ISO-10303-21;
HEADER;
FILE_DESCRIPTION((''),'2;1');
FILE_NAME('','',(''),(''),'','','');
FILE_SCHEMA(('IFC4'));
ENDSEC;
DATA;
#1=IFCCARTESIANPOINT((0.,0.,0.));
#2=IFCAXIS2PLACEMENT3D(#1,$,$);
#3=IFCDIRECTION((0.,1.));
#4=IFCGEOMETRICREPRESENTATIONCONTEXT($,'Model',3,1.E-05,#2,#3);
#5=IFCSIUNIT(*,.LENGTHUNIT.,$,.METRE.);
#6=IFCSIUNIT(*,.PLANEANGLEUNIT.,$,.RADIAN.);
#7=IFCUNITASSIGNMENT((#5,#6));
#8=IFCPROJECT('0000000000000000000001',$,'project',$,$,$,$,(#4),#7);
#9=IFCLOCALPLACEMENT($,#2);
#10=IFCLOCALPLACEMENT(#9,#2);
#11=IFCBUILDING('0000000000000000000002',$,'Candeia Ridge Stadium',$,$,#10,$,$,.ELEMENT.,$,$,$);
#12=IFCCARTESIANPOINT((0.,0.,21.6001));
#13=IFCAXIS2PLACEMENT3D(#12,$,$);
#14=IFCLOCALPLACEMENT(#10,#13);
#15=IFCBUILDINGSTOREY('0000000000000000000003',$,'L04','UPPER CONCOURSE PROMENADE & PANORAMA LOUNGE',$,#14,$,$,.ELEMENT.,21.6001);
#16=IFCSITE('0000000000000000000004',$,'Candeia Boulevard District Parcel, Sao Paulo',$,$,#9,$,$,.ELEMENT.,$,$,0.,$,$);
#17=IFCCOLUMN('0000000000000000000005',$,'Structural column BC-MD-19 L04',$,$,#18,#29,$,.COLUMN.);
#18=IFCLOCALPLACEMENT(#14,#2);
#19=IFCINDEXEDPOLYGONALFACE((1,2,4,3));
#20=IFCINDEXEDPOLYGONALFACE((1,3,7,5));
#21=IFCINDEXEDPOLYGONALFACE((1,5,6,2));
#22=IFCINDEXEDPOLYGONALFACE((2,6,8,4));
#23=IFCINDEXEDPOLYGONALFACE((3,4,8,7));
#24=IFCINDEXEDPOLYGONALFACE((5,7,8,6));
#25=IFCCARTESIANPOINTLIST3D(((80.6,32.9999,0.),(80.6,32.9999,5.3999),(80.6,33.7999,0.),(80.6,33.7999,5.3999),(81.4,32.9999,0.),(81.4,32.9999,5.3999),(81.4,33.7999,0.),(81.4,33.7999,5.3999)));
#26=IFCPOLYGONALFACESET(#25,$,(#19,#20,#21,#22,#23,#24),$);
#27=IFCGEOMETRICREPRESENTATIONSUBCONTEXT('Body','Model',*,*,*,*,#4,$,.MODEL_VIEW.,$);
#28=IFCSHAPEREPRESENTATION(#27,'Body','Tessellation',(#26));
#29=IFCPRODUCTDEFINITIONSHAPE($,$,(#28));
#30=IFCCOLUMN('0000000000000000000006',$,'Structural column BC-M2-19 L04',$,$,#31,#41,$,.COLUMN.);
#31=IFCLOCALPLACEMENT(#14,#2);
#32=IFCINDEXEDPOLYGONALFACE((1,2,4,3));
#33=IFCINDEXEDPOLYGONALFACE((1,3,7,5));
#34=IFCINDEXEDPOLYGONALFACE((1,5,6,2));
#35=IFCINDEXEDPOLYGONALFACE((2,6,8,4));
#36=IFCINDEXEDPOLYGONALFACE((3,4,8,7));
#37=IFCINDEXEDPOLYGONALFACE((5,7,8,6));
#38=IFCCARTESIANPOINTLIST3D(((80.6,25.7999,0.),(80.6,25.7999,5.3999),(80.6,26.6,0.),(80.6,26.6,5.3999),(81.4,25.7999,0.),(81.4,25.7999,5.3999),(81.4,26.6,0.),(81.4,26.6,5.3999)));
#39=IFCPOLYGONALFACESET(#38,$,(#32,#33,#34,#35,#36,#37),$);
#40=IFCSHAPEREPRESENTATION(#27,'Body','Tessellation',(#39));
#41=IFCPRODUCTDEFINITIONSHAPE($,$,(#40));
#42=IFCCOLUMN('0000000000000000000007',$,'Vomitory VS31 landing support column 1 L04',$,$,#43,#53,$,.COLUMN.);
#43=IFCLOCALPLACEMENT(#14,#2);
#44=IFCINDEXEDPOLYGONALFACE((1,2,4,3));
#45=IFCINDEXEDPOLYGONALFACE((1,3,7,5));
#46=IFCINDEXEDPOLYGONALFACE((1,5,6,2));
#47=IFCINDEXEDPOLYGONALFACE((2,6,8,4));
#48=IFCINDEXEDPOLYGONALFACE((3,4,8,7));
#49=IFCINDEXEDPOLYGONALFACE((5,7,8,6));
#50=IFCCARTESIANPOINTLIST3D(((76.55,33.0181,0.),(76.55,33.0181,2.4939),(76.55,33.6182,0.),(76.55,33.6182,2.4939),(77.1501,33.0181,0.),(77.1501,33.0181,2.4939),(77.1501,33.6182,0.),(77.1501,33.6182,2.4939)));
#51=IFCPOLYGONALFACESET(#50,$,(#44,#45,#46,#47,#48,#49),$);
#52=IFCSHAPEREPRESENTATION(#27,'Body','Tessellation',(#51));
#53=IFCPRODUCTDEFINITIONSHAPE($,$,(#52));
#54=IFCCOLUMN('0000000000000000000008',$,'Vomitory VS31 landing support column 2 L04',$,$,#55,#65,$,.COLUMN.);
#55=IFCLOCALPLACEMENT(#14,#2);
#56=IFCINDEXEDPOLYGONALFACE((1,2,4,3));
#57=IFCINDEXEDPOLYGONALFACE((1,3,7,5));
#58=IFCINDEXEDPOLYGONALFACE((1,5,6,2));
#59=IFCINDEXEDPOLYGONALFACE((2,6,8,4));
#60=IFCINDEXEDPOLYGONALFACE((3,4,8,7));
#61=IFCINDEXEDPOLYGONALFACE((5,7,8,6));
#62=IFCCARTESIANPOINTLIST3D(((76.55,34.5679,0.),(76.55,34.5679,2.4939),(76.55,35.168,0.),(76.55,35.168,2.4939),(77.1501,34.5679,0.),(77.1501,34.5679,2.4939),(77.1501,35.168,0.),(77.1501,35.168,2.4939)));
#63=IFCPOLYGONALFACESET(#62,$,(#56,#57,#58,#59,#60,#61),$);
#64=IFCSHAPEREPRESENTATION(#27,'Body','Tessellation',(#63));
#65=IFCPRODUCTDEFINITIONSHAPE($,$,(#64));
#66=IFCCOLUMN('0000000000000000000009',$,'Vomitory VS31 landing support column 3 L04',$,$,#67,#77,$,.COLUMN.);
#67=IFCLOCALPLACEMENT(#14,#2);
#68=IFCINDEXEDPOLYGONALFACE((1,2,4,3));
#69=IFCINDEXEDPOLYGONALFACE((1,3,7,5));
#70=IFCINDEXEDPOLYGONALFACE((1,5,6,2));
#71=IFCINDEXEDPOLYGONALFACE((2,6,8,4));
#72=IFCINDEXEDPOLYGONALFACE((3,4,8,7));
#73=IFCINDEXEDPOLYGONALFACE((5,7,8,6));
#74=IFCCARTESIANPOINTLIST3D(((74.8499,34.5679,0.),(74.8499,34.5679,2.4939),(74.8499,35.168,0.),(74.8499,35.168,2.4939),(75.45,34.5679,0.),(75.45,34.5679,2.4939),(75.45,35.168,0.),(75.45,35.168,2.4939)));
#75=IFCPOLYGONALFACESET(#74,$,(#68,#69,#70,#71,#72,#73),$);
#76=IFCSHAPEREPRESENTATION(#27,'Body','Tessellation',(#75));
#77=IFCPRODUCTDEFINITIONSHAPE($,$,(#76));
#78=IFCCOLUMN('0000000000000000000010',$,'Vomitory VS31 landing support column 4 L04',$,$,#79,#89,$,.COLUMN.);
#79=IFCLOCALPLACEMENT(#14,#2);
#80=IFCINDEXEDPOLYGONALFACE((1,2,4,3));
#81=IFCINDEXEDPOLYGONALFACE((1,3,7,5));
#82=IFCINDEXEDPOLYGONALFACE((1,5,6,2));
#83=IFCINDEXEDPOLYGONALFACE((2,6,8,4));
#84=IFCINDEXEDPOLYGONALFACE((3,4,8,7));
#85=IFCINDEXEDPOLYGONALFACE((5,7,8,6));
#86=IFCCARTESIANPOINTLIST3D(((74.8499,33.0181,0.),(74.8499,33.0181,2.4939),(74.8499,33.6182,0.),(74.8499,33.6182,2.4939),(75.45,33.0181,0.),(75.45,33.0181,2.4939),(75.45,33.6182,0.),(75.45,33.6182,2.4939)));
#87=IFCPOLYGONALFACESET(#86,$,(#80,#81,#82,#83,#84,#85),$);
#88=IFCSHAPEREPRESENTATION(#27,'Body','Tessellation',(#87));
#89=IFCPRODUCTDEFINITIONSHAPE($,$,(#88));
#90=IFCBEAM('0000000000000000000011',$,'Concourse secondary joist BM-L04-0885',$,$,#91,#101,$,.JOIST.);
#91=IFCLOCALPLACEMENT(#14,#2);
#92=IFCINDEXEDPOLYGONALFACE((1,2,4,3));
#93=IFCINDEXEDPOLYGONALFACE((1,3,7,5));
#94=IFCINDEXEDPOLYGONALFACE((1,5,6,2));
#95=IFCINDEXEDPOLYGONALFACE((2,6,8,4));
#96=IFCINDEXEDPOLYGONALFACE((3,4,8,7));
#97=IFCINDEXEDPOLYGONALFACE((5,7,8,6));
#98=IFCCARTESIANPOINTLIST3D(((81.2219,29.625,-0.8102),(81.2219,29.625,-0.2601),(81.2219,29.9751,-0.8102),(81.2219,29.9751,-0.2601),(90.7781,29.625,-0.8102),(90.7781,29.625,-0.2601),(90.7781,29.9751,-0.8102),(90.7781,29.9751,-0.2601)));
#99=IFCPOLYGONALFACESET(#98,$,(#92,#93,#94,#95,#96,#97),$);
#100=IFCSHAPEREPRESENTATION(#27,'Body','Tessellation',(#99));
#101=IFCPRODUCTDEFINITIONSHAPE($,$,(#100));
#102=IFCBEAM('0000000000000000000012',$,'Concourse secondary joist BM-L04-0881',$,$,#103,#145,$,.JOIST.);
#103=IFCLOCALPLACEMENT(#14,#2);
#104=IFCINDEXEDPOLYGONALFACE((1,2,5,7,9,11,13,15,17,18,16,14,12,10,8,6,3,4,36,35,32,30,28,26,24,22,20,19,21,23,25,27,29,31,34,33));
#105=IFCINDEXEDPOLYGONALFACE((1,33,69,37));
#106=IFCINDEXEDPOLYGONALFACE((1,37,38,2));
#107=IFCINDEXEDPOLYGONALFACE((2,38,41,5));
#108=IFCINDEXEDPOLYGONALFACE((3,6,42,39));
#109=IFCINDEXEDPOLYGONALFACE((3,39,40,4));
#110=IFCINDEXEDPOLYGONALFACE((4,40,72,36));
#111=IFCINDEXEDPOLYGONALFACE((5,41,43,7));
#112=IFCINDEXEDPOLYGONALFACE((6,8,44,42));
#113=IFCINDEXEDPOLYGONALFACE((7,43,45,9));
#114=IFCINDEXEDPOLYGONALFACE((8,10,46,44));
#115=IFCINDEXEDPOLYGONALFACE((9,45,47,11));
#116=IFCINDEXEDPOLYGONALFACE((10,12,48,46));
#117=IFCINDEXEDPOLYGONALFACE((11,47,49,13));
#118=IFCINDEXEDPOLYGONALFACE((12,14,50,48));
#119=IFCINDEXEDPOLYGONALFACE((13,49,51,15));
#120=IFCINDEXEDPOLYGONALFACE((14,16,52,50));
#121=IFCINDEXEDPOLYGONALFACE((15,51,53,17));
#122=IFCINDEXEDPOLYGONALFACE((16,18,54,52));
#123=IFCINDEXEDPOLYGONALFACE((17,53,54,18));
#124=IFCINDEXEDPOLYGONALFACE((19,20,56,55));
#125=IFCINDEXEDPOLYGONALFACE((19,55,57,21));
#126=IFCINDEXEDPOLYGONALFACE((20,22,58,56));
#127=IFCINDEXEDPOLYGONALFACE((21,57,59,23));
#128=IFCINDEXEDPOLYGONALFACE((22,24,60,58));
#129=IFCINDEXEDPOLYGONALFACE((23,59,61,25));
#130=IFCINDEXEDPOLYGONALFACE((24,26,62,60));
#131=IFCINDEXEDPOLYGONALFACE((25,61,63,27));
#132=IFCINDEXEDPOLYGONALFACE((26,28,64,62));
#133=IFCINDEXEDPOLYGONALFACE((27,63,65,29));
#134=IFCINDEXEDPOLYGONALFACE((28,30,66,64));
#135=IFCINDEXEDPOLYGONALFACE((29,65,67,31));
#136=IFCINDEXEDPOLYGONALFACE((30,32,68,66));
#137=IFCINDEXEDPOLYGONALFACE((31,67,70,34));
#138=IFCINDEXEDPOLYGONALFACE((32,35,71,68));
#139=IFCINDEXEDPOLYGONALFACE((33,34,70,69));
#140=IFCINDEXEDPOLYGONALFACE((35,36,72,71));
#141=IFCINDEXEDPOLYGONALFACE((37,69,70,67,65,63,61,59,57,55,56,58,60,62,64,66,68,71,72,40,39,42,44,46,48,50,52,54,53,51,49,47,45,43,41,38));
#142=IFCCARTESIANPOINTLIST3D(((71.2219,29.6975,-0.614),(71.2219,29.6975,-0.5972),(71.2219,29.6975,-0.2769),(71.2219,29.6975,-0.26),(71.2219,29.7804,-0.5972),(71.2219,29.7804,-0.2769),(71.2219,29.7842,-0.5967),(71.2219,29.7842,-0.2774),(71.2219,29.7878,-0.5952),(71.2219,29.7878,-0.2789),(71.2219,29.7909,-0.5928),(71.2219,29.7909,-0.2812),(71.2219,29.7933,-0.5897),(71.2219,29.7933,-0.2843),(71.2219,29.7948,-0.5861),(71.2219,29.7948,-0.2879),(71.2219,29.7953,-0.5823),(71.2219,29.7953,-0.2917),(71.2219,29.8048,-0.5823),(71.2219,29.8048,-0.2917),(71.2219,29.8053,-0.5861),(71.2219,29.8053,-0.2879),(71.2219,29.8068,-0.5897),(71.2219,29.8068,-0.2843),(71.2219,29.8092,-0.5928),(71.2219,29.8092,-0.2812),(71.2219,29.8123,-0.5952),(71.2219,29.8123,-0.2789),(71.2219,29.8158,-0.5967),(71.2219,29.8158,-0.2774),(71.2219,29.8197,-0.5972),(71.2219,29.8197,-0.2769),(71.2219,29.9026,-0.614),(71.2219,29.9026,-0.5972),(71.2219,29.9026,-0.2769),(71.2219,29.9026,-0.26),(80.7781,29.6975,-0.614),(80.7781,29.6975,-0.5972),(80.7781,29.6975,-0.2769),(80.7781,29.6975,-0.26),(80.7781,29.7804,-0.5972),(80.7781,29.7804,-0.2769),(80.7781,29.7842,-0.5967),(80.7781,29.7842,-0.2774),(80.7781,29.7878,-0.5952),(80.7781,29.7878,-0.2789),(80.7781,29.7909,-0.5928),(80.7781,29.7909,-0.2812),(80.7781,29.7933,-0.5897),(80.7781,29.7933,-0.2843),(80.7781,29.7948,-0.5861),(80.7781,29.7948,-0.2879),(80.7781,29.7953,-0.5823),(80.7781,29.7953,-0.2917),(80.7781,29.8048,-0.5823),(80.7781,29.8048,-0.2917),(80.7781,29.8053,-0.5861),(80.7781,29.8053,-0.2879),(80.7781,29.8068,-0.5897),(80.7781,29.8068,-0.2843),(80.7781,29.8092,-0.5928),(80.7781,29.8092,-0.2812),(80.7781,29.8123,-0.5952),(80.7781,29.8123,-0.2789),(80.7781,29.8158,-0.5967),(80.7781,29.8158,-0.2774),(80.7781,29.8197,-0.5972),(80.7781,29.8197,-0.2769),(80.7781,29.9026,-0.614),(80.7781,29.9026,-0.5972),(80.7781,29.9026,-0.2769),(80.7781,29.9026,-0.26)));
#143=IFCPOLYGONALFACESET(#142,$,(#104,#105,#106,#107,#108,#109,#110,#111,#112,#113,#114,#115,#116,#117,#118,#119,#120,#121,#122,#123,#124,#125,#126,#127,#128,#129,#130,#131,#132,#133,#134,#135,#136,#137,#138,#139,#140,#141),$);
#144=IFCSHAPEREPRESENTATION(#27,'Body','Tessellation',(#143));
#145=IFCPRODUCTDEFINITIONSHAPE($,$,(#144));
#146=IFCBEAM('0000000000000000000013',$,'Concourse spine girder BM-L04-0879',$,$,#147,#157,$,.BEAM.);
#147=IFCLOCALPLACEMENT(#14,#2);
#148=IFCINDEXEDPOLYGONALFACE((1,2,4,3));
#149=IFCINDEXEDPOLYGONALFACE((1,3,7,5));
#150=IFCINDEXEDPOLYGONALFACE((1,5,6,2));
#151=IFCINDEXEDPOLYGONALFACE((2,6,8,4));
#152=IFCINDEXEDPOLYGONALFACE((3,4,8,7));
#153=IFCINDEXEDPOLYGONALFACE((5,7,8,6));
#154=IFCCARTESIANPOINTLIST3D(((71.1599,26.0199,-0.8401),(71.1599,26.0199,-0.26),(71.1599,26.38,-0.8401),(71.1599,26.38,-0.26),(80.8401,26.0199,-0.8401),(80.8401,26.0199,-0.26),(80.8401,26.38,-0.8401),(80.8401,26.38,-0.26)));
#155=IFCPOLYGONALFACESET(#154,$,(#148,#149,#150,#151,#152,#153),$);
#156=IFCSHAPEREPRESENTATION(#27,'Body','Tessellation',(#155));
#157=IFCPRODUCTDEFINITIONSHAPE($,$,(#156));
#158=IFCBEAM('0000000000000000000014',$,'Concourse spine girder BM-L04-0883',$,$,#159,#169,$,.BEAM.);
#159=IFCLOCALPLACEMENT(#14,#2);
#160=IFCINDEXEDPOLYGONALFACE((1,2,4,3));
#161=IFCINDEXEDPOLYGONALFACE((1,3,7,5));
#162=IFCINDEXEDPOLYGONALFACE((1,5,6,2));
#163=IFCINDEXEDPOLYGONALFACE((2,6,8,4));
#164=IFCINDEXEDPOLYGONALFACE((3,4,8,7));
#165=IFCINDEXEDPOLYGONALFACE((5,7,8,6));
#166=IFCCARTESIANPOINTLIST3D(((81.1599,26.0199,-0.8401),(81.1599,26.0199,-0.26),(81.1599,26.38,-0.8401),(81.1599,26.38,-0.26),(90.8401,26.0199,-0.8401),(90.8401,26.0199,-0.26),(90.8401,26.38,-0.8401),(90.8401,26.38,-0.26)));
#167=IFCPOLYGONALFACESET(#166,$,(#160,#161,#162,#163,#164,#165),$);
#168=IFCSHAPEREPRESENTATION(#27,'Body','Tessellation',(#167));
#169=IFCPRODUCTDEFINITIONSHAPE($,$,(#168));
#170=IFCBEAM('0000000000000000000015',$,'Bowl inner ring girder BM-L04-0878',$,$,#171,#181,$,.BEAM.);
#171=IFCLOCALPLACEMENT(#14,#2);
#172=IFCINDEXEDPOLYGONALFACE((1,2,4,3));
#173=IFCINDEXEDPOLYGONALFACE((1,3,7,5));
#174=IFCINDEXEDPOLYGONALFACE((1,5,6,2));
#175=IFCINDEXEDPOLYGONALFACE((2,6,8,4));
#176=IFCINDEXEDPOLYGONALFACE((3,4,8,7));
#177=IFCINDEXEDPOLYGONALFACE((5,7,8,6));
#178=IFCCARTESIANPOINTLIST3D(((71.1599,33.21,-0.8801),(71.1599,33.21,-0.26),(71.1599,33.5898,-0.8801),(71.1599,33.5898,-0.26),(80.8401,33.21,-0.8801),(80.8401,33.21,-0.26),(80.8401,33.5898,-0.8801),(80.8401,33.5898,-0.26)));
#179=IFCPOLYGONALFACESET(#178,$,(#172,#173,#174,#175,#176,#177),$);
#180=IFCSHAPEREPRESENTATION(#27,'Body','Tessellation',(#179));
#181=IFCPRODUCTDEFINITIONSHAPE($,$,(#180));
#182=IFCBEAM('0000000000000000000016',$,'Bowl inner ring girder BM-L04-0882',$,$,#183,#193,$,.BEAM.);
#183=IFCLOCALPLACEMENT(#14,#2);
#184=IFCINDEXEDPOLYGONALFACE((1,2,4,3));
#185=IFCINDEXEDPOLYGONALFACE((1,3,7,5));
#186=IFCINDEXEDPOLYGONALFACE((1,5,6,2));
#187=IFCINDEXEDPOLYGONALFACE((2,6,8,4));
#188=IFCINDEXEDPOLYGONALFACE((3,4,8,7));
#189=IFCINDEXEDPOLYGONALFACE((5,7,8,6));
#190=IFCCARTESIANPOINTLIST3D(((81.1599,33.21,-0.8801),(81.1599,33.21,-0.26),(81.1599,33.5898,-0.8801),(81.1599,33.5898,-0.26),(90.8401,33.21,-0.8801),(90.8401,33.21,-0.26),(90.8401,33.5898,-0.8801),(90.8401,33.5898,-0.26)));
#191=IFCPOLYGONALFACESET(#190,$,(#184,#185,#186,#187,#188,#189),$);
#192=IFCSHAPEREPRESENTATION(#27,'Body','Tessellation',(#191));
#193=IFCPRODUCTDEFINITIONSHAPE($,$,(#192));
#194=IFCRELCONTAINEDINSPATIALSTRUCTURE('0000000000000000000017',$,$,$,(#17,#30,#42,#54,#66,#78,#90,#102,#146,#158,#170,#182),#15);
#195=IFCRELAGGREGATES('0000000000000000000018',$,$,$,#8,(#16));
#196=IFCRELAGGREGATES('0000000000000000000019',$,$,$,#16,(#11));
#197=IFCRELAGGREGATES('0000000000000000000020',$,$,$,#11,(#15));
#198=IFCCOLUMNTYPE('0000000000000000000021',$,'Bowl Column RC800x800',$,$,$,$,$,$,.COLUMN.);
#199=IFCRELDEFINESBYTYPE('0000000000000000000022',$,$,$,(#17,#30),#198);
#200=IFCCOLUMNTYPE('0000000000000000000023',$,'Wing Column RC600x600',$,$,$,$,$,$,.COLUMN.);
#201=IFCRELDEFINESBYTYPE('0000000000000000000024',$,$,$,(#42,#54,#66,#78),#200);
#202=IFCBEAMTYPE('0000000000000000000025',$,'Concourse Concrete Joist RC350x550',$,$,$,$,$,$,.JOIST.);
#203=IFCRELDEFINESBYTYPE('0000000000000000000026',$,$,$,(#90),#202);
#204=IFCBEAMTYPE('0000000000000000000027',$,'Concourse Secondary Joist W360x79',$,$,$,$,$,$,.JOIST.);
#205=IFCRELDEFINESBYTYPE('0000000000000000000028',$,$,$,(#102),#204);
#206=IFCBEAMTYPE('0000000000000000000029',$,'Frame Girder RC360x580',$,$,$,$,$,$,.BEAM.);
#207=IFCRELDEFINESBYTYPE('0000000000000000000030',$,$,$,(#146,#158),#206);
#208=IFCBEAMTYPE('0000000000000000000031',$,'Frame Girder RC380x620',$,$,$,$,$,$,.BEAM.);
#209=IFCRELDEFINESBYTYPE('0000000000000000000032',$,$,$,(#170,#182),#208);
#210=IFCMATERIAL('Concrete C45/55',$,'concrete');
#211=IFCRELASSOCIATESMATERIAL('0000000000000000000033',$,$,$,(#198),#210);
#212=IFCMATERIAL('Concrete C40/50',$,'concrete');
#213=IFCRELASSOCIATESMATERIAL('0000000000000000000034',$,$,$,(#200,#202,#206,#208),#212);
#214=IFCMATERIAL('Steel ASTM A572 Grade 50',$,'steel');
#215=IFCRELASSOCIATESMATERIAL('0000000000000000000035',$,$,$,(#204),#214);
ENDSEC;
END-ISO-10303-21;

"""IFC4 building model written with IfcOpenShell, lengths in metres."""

from ifc_helpers import new_model, si_unit, direction, frame, origin, origin_2d, place, context, subcontext, project, spatial, rectangle, i_section, extrude, material, material_profile, profile_set, type_object, element, save


model = new_model("IFC4")

# Units and contexts
model_context = context("Model", 3, precision=1e-05, world=origin(), true_north=direction((0.0, 1.0)))
body_context = subcontext(model_context, "Body", "Model", "MODEL_VIEW")
ifc_project = project(units=[si_unit("LENGTHUNIT", "METRE"), si_unit("PLANEANGLEUNIT", "RADIAN")], contexts=[model_context])

# Site, building, storey
site_placement = place(None, origin())
site = spatial("IfcSite", under=ifc_project, at=site_placement, Name="Candeia Boulevard District Parcel, Sao Paulo", CompositionType="ELEMENT", RefElevation=0.0)
building_placement = place(site_placement, origin())
building = spatial("IfcBuilding", under=site, at=building_placement, Name="Candeia Ridge Stadium", CompositionType="ELEMENT")
storey_placement = place(building_placement, frame((0.0, 0.0, 21.6001)))
storey = spatial("IfcBuildingStorey", under=building, at=storey_placement, Name="L04", Description="UPPER CONCOURSE PROMENADE & PANORAMA LOUNGE", CompositionType="ELEMENT", Elevation=21.6001)

# Columns
ifc_material_1 = material(Name="Concrete C45/55", Category="concrete")
ifc_material_profile_1 = material_profile(ifc_material_1, rectangle(XDim=0.8, YDim=0.8, at=origin_2d()), Name="RC800x800", Category="concrete")
ifc_profile_set_1 = profile_set([ifc_material_profile_1], Name="Concrete C45/55")
column_type_1 = type_object("IfcColumnType", Name="Bowl Column RC800x800", PredefinedType="COLUMN", material=ifc_profile_set_1)
for number, where, z_axis, x_axis, name in (
    (1, (81.0, 33.3999, 0.0), (0.0, 0.0, 1.0), (1.0, 0.0, 0.0), "Structural column BC-MD-19 L04"),
    (2, (81.0, 26.2, 0.0), (0.0, 0.0, 1.0), (1.0, 0.0, 0.0), "Structural column BC-M2-19 L04"),
):
    element("IfcColumn", number, at=place(storey_placement, frame(where, z_axis=z_axis, x_axis=x_axis)), inside=storey, type_object=column_type_1, Name=name, PredefinedType="COLUMN", context=body_context, shape_type="SweptSolid", body=[
        extrude(rectangle(XDim=0.8, YDim=0.8, at=origin_2d()), origin(), (0.0, 0.0, 1.0), 5.3999),
    ])
ifc_material_2 = material(Name="Concrete C40/50", Category="concrete")
ifc_material_profile_2 = material_profile(ifc_material_2, rectangle(XDim=0.6001, YDim=0.6001, at=origin_2d()), Name="RC600x600", Category="concrete")
ifc_profile_set_2 = profile_set([ifc_material_profile_2], Name="Concrete C40/50")
column_type_2 = type_object("IfcColumnType", Name="Wing Column RC600x600", PredefinedType="COLUMN", material=ifc_profile_set_2)
for number, where, z_axis, x_axis, name in (
    (3, (76.8501, 33.3181, 0.0), (0.0, 0.0, 1.0), (1.0, 0.0, 0.0), "Vomitory VS31 landing support column 1 L04"),
    (4, (76.8501, 34.8679, 0.0), (0.0, 0.0, 1.0), (1.0, 0.0, 0.0), "Vomitory VS31 landing support column 2 L04"),
    (5, (75.1499, 34.8679, 0.0), (0.0, 0.0, 1.0), (1.0, 0.0, 0.0), "Vomitory VS31 landing support column 3 L04"),
    (6, (75.1499, 33.3181, 0.0), (0.0, 0.0, 1.0), (1.0, 0.0, 0.0), "Vomitory VS31 landing support column 4 L04"),
):
    element("IfcColumn", number, at=place(storey_placement, frame(where, z_axis=z_axis, x_axis=x_axis)), inside=storey, type_object=column_type_2, Name=name, PredefinedType="COLUMN", context=body_context, shape_type="SweptSolid", body=[
        extrude(rectangle(XDim=0.6001, YDim=0.6001, at=origin_2d()), origin(), (0.0, 0.0, 1.0), 2.4939),
    ])

# Beams
ifc_material_profile_3 = material_profile(ifc_material_2, rectangle(XDim=0.3501, YDim=0.55, at=origin_2d()), Name="RC350x550", Category="concrete")
ifc_profile_set_3 = profile_set([ifc_material_profile_3], Name="Concrete C40/50")
beam_type_1 = type_object("IfcBeamType", Name="Concourse Concrete Joist RC350x550", PredefinedType="JOIST", material=ifc_profile_set_3)
beam_1_placement = place(storey_placement, frame((81.2219, 29.8, -0.5352), z_axis=(1.0, 0.0, 0.0), x_axis=(0.0, 1.0, 0.0)))
element("IfcBeam", 7, at=beam_1_placement, inside=storey, type_object=beam_type_1, Name="Concourse secondary joist BM-L04-0885", PredefinedType="JOIST", context=body_context, shape_type="SweptSolid", body=[
    extrude(rectangle(XDim=0.3501, YDim=0.55, at=origin_2d()), origin(), (0.0, 0.0, 1.0), 9.5562),
])
ifc_material_3 = material(Name="Steel ASTM A572 Grade 50", Category="steel")
ifc_material_profile_4 = material_profile(ifc_material_3, i_section(OverallWidth=0.2051, OverallDepth=0.354, WebThickness=0.0095, FlangeThickness=0.0168, FilletRadius=0.0149, at=origin_2d()), Name="W360x79", Category="steel")
ifc_profile_set_4 = profile_set([ifc_material_profile_4], Name="Steel ASTM A572 Grade 50")
beam_type_2 = type_object("IfcBeamType", Name="Concourse Secondary Joist W360x79", PredefinedType="JOIST", material=ifc_profile_set_4)
beam_2_placement = place(storey_placement, frame((71.2219, 29.8, -0.437), z_axis=(1.0, 0.0, 0.0), x_axis=(0.0, 1.0, 0.0)))
element("IfcBeam", 8, at=beam_2_placement, inside=storey, type_object=beam_type_2, Name="Concourse secondary joist BM-L04-0881", PredefinedType="JOIST", context=body_context, shape_type="SweptSolid", body=[
    extrude(i_section(OverallWidth=0.2051, OverallDepth=0.354, WebThickness=0.0095, FlangeThickness=0.0168, FilletRadius=0.0149, at=origin_2d()), origin(), (0.0, 0.0, 1.0), 9.5562),
])
ifc_material_profile_5 = material_profile(ifc_material_2, rectangle(XDim=0.3601, YDim=0.5801, at=origin_2d()), Name="RC360x580", Category="concrete")
ifc_profile_set_5 = profile_set([ifc_material_profile_5], Name="Concrete C40/50")
beam_type_3 = type_object("IfcBeamType", Name="Frame Girder RC360x580", PredefinedType="BEAM", material=ifc_profile_set_5)
for number, where, z_axis, x_axis, name in (
    (9, (71.1599, 26.2, -0.55), (1.0, 0.0, 0.0), (0.0, 1.0, 0.0), "Concourse spine girder BM-L04-0879"),
    (10, (81.1599, 26.2, -0.55), (1.0, 0.0, 0.0), (0.0, 1.0, 0.0), "Concourse spine girder BM-L04-0883"),
):
    element("IfcBeam", number, at=place(storey_placement, frame(where, z_axis=z_axis, x_axis=x_axis)), inside=storey, type_object=beam_type_3, Name=name, PredefinedType="BEAM", context=body_context, shape_type="SweptSolid", body=[
        extrude(rectangle(XDim=0.3601, YDim=0.5801, at=origin_2d()), origin(), (0.0, 0.0, 1.0), 9.6802),
    ])
ifc_material_profile_6 = material_profile(ifc_material_2, rectangle(XDim=0.3799, YDim=0.6201, at=origin_2d()), Name="RC380x620", Category="concrete")
ifc_profile_set_6 = profile_set([ifc_material_profile_6], Name="Concrete C40/50")
beam_type_4 = type_object("IfcBeamType", Name="Frame Girder RC380x620", PredefinedType="BEAM", material=ifc_profile_set_6)
for number, where, z_axis, x_axis, name in (
    (11, (71.1599, 33.3999, -0.5701), (1.0, 0.0, 0.0), (0.0, 1.0, 0.0), "Bowl inner ring girder BM-L04-0878"),
    (12, (81.1599, 33.3999, -0.5701), (1.0, 0.0, 0.0), (0.0, 1.0, 0.0), "Bowl inner ring girder BM-L04-0882"),
):
    element("IfcBeam", number, at=place(storey_placement, frame(where, z_axis=z_axis, x_axis=x_axis)), inside=storey, type_object=beam_type_4, Name=name, PredefinedType="BEAM", context=body_context, shape_type="SweptSolid", body=[
        extrude(rectangle(XDim=0.3799, YDim=0.6201, at=origin_2d()), origin(), (0.0, 0.0, 1.0), 9.6802),
    ])

save(model, "model.ifc")
